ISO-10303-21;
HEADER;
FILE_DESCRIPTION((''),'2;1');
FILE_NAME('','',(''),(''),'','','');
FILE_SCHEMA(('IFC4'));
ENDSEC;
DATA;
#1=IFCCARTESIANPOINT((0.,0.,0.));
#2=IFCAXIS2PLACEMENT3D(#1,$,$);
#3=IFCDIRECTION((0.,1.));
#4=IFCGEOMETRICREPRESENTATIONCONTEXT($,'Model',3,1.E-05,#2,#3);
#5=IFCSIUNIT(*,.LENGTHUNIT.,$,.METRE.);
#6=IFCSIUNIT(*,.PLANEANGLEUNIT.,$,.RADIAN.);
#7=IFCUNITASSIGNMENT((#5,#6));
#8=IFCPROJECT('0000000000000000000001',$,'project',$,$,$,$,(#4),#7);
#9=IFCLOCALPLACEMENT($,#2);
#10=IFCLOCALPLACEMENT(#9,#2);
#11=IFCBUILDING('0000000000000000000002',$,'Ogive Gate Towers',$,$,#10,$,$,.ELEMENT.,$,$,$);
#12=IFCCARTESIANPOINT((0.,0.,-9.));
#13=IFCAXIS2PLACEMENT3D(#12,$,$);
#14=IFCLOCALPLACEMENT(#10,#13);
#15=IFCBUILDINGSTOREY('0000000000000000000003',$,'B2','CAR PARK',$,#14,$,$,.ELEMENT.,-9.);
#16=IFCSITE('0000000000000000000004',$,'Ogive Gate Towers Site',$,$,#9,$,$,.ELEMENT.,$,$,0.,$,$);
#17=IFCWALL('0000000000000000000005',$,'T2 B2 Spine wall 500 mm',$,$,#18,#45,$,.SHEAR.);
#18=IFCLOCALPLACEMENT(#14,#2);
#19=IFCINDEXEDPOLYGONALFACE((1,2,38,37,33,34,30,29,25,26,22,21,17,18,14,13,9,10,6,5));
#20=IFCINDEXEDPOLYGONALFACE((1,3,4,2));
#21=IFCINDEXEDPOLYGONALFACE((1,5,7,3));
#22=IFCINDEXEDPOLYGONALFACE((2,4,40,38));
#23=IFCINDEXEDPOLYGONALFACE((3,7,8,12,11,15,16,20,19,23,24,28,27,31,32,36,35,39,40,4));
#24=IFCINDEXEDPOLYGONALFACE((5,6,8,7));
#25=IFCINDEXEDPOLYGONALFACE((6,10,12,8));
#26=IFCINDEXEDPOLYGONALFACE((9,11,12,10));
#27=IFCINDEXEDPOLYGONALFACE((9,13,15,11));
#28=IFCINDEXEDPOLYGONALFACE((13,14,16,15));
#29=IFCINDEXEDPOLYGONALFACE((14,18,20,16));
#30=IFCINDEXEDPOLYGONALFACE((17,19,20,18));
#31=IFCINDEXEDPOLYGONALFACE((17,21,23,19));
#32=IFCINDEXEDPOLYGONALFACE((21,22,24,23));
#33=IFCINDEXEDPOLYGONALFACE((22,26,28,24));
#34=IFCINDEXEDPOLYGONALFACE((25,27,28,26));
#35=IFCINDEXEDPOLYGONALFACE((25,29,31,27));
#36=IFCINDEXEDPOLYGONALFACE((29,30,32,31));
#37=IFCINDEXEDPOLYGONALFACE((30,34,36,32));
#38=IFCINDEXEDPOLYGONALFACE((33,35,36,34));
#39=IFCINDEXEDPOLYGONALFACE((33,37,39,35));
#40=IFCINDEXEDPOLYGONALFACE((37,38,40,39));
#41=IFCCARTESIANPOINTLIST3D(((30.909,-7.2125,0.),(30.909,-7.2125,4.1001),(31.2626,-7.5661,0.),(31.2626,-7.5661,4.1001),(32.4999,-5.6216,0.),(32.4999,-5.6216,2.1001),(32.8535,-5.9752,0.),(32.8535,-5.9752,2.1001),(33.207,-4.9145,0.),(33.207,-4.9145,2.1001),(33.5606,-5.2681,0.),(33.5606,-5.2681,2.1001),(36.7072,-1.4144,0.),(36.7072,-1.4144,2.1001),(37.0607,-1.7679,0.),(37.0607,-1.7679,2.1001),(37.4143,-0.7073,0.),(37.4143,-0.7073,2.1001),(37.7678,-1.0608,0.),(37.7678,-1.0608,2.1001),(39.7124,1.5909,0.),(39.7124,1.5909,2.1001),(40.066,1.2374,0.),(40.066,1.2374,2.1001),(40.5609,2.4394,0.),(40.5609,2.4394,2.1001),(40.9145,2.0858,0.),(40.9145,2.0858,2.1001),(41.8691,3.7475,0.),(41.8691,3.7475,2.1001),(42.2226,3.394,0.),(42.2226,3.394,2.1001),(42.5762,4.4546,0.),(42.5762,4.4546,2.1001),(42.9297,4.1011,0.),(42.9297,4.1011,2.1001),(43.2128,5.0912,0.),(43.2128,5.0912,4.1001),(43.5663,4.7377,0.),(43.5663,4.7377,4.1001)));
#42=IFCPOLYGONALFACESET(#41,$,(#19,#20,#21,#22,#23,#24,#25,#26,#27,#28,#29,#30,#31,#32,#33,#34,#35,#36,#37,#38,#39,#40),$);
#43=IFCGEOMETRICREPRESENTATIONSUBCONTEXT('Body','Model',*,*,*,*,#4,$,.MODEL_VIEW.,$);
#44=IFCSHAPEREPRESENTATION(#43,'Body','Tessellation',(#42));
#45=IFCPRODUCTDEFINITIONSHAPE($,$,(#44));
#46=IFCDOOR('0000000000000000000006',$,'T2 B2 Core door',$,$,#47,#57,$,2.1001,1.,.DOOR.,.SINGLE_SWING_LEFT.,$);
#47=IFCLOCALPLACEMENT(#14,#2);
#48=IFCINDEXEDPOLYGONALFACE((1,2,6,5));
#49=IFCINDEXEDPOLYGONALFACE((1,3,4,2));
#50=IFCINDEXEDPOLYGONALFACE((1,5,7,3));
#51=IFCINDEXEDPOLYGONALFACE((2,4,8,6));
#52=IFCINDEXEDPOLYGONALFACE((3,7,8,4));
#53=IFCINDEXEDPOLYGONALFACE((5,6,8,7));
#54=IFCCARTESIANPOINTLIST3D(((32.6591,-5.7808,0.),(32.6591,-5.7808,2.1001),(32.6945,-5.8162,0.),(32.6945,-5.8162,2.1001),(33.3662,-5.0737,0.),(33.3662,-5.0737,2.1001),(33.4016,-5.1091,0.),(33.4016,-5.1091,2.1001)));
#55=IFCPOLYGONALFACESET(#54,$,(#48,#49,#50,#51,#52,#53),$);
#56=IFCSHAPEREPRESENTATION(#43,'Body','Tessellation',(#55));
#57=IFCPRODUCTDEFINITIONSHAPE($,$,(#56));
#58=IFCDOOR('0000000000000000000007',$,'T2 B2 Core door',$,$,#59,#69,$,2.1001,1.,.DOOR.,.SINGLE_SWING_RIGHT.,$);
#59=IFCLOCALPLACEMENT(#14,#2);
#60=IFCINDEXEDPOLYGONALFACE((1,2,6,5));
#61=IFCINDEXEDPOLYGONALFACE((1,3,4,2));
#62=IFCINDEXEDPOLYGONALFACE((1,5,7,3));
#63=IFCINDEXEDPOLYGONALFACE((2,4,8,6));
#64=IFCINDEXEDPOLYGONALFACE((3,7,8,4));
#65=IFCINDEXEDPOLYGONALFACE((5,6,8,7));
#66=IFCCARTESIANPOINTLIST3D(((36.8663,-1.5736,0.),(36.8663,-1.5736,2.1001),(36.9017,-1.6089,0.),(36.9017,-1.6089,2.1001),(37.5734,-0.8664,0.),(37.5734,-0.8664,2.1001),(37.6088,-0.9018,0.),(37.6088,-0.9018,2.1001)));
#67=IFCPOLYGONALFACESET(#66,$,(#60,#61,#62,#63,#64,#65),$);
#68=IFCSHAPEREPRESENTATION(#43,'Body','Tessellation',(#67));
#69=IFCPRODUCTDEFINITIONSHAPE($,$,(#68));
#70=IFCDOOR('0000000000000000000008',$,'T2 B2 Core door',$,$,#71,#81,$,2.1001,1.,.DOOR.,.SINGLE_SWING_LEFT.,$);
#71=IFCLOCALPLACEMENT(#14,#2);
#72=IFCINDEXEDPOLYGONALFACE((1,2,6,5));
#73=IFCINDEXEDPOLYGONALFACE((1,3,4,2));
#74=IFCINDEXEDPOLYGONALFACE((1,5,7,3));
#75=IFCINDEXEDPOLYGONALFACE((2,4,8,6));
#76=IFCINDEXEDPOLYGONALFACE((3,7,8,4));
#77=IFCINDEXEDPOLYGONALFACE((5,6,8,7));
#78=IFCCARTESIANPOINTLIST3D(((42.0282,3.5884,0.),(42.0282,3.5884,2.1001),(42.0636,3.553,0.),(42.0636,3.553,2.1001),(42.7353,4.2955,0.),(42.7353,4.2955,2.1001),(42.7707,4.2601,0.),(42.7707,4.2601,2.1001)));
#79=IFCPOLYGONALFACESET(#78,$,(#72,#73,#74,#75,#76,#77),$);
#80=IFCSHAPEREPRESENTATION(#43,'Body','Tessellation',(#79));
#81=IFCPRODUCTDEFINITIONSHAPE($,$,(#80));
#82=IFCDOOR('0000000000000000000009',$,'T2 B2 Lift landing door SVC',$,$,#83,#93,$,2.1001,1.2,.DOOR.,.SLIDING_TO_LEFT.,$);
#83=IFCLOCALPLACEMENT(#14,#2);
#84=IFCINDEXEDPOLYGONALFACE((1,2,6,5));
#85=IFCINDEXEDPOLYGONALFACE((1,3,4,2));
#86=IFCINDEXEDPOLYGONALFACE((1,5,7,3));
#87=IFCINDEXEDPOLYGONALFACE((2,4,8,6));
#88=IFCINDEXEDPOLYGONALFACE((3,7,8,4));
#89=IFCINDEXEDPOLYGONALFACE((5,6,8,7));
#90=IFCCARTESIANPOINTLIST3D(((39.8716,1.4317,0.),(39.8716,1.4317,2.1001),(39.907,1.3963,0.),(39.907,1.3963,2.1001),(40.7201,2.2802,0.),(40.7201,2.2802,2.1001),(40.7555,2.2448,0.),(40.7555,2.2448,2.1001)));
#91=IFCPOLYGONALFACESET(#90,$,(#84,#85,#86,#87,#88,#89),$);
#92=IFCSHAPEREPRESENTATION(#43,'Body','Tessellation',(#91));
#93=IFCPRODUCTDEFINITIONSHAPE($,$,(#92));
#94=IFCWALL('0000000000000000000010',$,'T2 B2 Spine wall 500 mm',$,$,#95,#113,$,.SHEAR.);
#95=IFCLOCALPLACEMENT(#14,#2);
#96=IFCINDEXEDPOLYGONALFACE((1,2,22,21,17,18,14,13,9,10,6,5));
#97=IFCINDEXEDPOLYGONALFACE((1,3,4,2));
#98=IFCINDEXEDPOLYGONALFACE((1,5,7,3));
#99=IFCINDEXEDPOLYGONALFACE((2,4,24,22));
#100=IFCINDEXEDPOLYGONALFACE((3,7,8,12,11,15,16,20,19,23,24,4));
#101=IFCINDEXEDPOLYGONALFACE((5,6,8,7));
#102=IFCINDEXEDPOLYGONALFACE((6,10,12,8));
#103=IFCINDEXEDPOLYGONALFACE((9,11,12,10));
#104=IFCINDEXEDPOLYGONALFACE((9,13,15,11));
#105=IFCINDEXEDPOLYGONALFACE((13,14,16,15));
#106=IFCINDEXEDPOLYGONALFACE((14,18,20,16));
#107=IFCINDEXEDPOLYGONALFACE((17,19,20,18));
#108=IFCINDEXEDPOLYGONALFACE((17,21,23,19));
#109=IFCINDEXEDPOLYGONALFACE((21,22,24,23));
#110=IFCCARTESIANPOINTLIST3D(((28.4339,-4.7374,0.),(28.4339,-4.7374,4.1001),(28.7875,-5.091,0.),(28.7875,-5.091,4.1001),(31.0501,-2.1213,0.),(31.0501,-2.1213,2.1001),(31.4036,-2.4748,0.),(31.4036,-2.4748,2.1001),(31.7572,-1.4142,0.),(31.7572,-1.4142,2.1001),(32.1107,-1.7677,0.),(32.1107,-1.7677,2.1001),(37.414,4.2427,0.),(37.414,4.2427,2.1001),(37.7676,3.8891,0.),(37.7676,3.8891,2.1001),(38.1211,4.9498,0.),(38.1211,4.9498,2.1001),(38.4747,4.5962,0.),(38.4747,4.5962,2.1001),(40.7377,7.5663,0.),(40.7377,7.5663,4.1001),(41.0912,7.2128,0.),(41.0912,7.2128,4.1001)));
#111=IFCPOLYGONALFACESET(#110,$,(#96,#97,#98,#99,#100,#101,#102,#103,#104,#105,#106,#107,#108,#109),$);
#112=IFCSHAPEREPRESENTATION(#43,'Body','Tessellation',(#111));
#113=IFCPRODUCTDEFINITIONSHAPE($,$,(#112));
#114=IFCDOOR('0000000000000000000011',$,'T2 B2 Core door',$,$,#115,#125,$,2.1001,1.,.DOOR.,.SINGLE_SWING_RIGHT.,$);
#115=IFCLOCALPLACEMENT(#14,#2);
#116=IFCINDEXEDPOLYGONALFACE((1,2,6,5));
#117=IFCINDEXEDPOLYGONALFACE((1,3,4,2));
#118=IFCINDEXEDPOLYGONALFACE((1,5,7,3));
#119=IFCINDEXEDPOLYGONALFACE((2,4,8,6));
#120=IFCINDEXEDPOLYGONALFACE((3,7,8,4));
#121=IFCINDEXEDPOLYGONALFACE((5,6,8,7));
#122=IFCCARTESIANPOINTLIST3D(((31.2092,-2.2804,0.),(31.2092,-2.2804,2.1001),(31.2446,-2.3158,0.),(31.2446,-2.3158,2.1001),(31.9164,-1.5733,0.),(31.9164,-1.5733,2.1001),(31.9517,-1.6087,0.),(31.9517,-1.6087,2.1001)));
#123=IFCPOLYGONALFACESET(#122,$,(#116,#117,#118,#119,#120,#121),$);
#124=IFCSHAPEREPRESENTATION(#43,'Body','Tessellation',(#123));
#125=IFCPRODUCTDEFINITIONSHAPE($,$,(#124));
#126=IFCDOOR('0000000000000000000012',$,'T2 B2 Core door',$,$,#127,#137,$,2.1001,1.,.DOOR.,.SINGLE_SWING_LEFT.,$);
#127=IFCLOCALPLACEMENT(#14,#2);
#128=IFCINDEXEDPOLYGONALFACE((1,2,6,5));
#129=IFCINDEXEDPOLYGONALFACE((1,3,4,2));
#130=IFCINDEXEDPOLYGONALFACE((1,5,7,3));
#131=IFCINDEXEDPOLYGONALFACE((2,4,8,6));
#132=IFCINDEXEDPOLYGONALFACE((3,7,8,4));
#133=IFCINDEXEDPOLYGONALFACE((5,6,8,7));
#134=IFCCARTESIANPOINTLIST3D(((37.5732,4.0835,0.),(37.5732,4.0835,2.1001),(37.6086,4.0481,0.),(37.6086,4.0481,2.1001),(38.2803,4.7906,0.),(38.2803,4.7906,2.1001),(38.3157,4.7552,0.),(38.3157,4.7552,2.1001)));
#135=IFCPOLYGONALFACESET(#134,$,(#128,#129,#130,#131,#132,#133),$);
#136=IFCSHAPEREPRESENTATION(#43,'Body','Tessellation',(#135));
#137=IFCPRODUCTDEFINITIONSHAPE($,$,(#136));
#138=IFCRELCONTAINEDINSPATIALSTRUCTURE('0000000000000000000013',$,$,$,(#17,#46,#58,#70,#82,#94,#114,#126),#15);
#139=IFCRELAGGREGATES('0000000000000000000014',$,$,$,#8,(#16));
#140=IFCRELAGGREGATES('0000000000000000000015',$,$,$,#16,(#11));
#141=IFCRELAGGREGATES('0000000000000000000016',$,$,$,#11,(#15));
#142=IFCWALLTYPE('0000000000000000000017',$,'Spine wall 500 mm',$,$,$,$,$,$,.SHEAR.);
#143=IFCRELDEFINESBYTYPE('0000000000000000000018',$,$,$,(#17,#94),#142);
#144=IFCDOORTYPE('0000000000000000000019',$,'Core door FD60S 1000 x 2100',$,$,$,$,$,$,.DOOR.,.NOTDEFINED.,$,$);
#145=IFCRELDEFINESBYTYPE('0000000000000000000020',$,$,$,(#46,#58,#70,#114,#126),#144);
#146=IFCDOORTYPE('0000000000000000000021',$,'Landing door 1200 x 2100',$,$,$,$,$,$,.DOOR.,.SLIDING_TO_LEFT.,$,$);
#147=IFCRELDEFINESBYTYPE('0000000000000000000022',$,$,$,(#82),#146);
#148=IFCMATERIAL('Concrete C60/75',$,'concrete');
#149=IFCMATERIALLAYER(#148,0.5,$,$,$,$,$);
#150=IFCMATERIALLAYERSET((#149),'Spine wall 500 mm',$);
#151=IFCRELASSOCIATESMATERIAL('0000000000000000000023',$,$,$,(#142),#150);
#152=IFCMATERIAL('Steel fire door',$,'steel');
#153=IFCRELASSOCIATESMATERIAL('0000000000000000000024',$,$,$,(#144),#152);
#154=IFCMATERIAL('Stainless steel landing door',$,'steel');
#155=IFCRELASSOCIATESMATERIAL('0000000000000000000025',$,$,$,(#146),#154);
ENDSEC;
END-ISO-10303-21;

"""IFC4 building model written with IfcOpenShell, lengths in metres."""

from ifc_helpers import new_model, si_unit, direction, frame, frame_2d, origin, place, context, subcontext, project, spatial, rectangle, extrude, material, layer, layer_set, type_object, element, fill, save


model = new_model("IFC4")

# Units and contexts
model_context = context("Model", 3, precision=1e-05, world=origin(), true_north=direction((0.0, 1.0)))
body_context = subcontext(model_context, "Body", "Model", "MODEL_VIEW")
ifc_project = project(units=[si_unit("LENGTHUNIT", "METRE"), si_unit("PLANEANGLEUNIT", "RADIAN")], contexts=[model_context])

# Site, building, storey
site_placement = place(None, origin())
site = spatial("IfcSite", under=ifc_project, at=site_placement, Name="Ogive Gate Towers Site", CompositionType="ELEMENT", RefElevation=0.0)
building_placement = place(site_placement, origin())
building = spatial("IfcBuilding", under=site, at=building_placement, Name="Ogive Gate Towers", CompositionType="ELEMENT")
storey_placement = place(building_placement, frame((0.0, 0.0, -9.0)))
storey = spatial("IfcBuildingStorey", under=building, at=storey_placement, Name="B2", Description="CAR PARK", CompositionType="ELEMENT", Elevation=-9.0)

# Shared definitions
ifc_material_1 = material(Name="Concrete C60/75", Category="concrete")
ifc_material_2 = material(Name="Steel fire door", Category="steel")

# Walls, openings, doors
ifc_layer_1 = layer(ifc_material_1, 0.5)
ifc_layer_set_1 = layer_set([ifc_layer_1], Name="Spine wall 500 mm")
wall_type_1 = type_object("IfcWallType", Name="Spine wall 500 mm", PredefinedType="SHEAR", material=ifc_layer_set_1)
wall_1_placement = place(storey_placement, frame((31.0857, -7.3894, 0.0), z_axis=(0.0, 0.0, 1.0), x_axis=(0.707107, 0.707107, 0.0)))
wall_1 = element("IfcWall", 1, at=wall_1_placement, inside=storey, type_object=wall_type_1, Name="T2 B2 Spine wall 500 mm", PredefinedType="SHEAR", context=body_context, shape_type="SweptSolid", body=[
    extrude(rectangle(XDim=17.4001, YDim=0.5, at=frame_2d((8.7002, 0.0))), origin(), (0.0, 0.0, 1.0), 4.1001),
])
opening_1_placement = place(wall_1_placement, frame((12.45, 0.0, 0.0)))
opening_1 = element("IfcOpeningElement", 2, at=opening_1_placement, cuts=wall_1, PredefinedType="OPENING", context=body_context, shape_type="SweptSolid", body=[
    extrude(rectangle(XDim=1.2, YDim=2.1001, at=frame_2d((0.6001, 1.05))), frame((0.0, 0.26, 0.0), z_axis=(0.0, -1.0, 0.0), x_axis=(1.0, 0.0, 0.0)), (0.0, 0.0, 1.0), 0.52),
])
opening_2_placement = place(wall_1_placement, frame((2.25, 0.0, 0.0)))
opening_2 = element("IfcOpeningElement", 3, at=opening_2_placement, cuts=wall_1, PredefinedType="OPENING", context=body_context, shape_type="SweptSolid", body=[
    extrude(rectangle(XDim=1.0, YDim=2.1001, at=frame_2d((0.5, 1.05))), frame((0.0, 0.26, 0.0), z_axis=(0.0, -1.0, 0.0), x_axis=(1.0, 0.0, 0.0)), (0.0, 0.0, 1.0), 0.52),
])
opening_3_placement = place(wall_1_placement, frame((8.2, 0.0, 0.0)))
opening_3 = element("IfcOpeningElement", 4, at=opening_3_placement, cuts=wall_1, PredefinedType="OPENING", context=body_context, shape_type="SweptSolid", body=[
    extrude(rectangle(XDim=1.0, YDim=2.1001, at=frame_2d((0.5, 1.05))), frame((0.0, 0.26, 0.0), z_axis=(0.0, -1.0, 0.0), x_axis=(1.0, 0.0, 0.0)), (0.0, 0.0, 1.0), 0.52),
])
opening_4_placement = place(wall_1_placement, frame((15.5, 0.0, 0.0)))
opening_4 = element("IfcOpeningElement", 5, at=opening_4_placement, cuts=wall_1, PredefinedType="OPENING", context=body_context, shape_type="SweptSolid", body=[
    extrude(rectangle(XDim=1.0, YDim=2.1001, at=frame_2d((0.5, 1.05))), frame((0.0, 0.26, 0.0), z_axis=(0.0, -1.0, 0.0), x_axis=(1.0, 0.0, 0.0)), (0.0, 0.0, 1.0), 0.52),
])
door_type_1 = type_object("IfcDoorType", Name="Core door FD60S 1000 x 2100", OperationType="NOTDEFINED", PredefinedType="DOOR", material=ifc_material_2)
door_1_placement = place(opening_2_placement, origin())
door_1 = element("IfcDoor", 6, at=door_1_placement, inside=storey, type_object=door_type_1, Name="T2 B2 Core door", OperationType="SINGLE_SWING_LEFT", OverallHeight=2.1001, OverallWidth=1.0, PredefinedType="DOOR", context=body_context, shape_type="SweptSolid", body=[
    extrude(rectangle(XDim=1.0, YDim=2.1001, at=frame_2d((0.5, 1.05))), frame((0.0, 0.0249, 0.0), z_axis=(0.0, -1.0, 0.0), x_axis=(1.0, 0.0, 0.0)), (0.0, 0.0, 1.0), 0.05),
])
fill(opening_2, door_1)
door_2_placement = place(opening_3_placement, origin())
door_2 = element("IfcDoor", 7, at=door_2_placement, inside=storey, type_object=door_type_1, Name="T2 B2 Core door", OperationType="SINGLE_SWING_RIGHT", OverallHeight=2.1001, OverallWidth=1.0, PredefinedType="DOOR", context=body_context, shape_type="SweptSolid", body=[
    extrude(rectangle(XDim=1.0, YDim=2.1001, at=frame_2d((0.5, 1.05))), frame((0.0, 0.0249, 0.0), z_axis=(0.0, -1.0, 0.0), x_axis=(1.0, 0.0, 0.0)), (0.0, 0.0, 1.0), 0.05),
])
fill(opening_3, door_2)
door_3_placement = place(opening_4_placement, origin())
door_3 = element("IfcDoor", 8, at=door_3_placement, inside=storey, type_object=door_type_1, Name="T2 B2 Core door", OperationType="SINGLE_SWING_LEFT", OverallHeight=2.1001, OverallWidth=1.0, PredefinedType="DOOR", context=body_context, shape_type="SweptSolid", body=[
    extrude(rectangle(XDim=1.0, YDim=2.1001, at=frame_2d((0.5, 1.05))), frame((0.0, 0.0249, 0.0), z_axis=(0.0, -1.0, 0.0), x_axis=(1.0, 0.0, 0.0)), (0.0, 0.0, 1.0), 0.05),
])
fill(opening_4, door_3)
ifc_material_3 = material(Name="Stainless steel landing door", Category="steel")
door_type_2 = type_object("IfcDoorType", Name="Landing door 1200 x 2100", OperationType="SLIDING_TO_LEFT", PredefinedType="DOOR", material=ifc_material_3)
door_4_placement = place(opening_1_placement, origin())
door_4 = element("IfcDoor", 9, at=door_4_placement, inside=storey, type_object=door_type_2, Name="T2 B2 Lift landing door SVC", OperationType="SLIDING_TO_LEFT", OverallHeight=2.1001, OverallWidth=1.2, PredefinedType="DOOR", context=body_context, shape_type="SweptSolid", body=[
    extrude(rectangle(XDim=1.2, YDim=2.1001, at=frame_2d((0.6001, 1.05))), frame((0.0, 0.0249, 0.0), z_axis=(0.0, -1.0, 0.0), x_axis=(1.0, 0.0, 0.0)), (0.0, 0.0, 1.0), 0.05),
])
fill(opening_1, door_4)
wall_2_placement = place(storey_placement, frame((28.6106, -4.9143, 0.0), z_axis=(0.0, 0.0, 1.0), x_axis=(0.707107, 0.707107, 0.0)))
wall_2 = element("IfcWall", 10, at=wall_2_placement, inside=storey, type_object=wall_type_1, Name="T2 B2 Spine wall 500 mm", PredefinedType="SHEAR", context=body_context, shape_type="SweptSolid", body=[
    extrude(rectangle(XDim=17.4001, YDim=0.5, at=frame_2d((8.7002, 0.0))), origin(), (0.0, 0.0, 1.0), 4.1001),
])
opening_5_placement = place(wall_2_placement, frame((3.7, 0.0, 0.0)))
opening_5 = element("IfcOpeningElement", 11, at=opening_5_placement, cuts=wall_2, PredefinedType="OPENING", context=body_context, shape_type="SweptSolid", body=[
    extrude(rectangle(XDim=1.0, YDim=2.1001, at=frame_2d((0.5, 1.05))), frame((0.0, 0.26, 0.0), z_axis=(0.0, -1.0, 0.0), x_axis=(1.0, 0.0, 0.0)), (0.0, 0.0, 1.0), 0.52),
])
opening_6_placement = place(wall_2_placement, frame((12.7, 0.0, 0.0)))
opening_6 = element("IfcOpeningElement", 12, at=opening_6_placement, cuts=wall_2, PredefinedType="OPENING", context=body_context, shape_type="SweptSolid", body=[
    extrude(rectangle(XDim=1.0, YDim=2.1001, at=frame_2d((0.5, 1.05))), frame((0.0, 0.26, 0.0), z_axis=(0.0, -1.0, 0.0), x_axis=(1.0, 0.0, 0.0)), (0.0, 0.0, 1.0), 0.52),
])
door_5_placement = place(opening_5_placement, origin())
door_5 = element("IfcDoor", 13, at=door_5_placement, inside=storey, type_object=door_type_1, Name="T2 B2 Core door", OperationType="SINGLE_SWING_RIGHT", OverallHeight=2.1001, OverallWidth=1.0, PredefinedType="DOOR", context=body_context, shape_type="SweptSolid", body=[
    extrude(rectangle(XDim=1.0, YDim=2.1001, at=frame_2d((0.5, 1.05))), frame((0.0, 0.0249, 0.0), z_axis=(0.0, -1.0, 0.0), x_axis=(1.0, 0.0, 0.0)), (0.0, 0.0, 1.0), 0.05),
])
fill(opening_5, door_5)
door_6_placement = place(opening_6_placement, origin())
door_6 = element("IfcDoor", 14, at=door_6_placement, inside=storey, type_object=door_type_1, Name="T2 B2 Core door", OperationType="SINGLE_SWING_LEFT", OverallHeight=2.1001, OverallWidth=1.0, PredefinedType="DOOR", context=body_context, shape_type="SweptSolid", body=[
    extrude(rectangle(XDim=1.0, YDim=2.1001, at=frame_2d((0.5, 1.05))), frame((0.0, 0.0249, 0.0), z_axis=(0.0, -1.0, 0.0), x_axis=(1.0, 0.0, 0.0)), (0.0, 0.0, 1.0), 0.05),
])
fill(opening_6, door_6)

save(model, "model.ifc")
